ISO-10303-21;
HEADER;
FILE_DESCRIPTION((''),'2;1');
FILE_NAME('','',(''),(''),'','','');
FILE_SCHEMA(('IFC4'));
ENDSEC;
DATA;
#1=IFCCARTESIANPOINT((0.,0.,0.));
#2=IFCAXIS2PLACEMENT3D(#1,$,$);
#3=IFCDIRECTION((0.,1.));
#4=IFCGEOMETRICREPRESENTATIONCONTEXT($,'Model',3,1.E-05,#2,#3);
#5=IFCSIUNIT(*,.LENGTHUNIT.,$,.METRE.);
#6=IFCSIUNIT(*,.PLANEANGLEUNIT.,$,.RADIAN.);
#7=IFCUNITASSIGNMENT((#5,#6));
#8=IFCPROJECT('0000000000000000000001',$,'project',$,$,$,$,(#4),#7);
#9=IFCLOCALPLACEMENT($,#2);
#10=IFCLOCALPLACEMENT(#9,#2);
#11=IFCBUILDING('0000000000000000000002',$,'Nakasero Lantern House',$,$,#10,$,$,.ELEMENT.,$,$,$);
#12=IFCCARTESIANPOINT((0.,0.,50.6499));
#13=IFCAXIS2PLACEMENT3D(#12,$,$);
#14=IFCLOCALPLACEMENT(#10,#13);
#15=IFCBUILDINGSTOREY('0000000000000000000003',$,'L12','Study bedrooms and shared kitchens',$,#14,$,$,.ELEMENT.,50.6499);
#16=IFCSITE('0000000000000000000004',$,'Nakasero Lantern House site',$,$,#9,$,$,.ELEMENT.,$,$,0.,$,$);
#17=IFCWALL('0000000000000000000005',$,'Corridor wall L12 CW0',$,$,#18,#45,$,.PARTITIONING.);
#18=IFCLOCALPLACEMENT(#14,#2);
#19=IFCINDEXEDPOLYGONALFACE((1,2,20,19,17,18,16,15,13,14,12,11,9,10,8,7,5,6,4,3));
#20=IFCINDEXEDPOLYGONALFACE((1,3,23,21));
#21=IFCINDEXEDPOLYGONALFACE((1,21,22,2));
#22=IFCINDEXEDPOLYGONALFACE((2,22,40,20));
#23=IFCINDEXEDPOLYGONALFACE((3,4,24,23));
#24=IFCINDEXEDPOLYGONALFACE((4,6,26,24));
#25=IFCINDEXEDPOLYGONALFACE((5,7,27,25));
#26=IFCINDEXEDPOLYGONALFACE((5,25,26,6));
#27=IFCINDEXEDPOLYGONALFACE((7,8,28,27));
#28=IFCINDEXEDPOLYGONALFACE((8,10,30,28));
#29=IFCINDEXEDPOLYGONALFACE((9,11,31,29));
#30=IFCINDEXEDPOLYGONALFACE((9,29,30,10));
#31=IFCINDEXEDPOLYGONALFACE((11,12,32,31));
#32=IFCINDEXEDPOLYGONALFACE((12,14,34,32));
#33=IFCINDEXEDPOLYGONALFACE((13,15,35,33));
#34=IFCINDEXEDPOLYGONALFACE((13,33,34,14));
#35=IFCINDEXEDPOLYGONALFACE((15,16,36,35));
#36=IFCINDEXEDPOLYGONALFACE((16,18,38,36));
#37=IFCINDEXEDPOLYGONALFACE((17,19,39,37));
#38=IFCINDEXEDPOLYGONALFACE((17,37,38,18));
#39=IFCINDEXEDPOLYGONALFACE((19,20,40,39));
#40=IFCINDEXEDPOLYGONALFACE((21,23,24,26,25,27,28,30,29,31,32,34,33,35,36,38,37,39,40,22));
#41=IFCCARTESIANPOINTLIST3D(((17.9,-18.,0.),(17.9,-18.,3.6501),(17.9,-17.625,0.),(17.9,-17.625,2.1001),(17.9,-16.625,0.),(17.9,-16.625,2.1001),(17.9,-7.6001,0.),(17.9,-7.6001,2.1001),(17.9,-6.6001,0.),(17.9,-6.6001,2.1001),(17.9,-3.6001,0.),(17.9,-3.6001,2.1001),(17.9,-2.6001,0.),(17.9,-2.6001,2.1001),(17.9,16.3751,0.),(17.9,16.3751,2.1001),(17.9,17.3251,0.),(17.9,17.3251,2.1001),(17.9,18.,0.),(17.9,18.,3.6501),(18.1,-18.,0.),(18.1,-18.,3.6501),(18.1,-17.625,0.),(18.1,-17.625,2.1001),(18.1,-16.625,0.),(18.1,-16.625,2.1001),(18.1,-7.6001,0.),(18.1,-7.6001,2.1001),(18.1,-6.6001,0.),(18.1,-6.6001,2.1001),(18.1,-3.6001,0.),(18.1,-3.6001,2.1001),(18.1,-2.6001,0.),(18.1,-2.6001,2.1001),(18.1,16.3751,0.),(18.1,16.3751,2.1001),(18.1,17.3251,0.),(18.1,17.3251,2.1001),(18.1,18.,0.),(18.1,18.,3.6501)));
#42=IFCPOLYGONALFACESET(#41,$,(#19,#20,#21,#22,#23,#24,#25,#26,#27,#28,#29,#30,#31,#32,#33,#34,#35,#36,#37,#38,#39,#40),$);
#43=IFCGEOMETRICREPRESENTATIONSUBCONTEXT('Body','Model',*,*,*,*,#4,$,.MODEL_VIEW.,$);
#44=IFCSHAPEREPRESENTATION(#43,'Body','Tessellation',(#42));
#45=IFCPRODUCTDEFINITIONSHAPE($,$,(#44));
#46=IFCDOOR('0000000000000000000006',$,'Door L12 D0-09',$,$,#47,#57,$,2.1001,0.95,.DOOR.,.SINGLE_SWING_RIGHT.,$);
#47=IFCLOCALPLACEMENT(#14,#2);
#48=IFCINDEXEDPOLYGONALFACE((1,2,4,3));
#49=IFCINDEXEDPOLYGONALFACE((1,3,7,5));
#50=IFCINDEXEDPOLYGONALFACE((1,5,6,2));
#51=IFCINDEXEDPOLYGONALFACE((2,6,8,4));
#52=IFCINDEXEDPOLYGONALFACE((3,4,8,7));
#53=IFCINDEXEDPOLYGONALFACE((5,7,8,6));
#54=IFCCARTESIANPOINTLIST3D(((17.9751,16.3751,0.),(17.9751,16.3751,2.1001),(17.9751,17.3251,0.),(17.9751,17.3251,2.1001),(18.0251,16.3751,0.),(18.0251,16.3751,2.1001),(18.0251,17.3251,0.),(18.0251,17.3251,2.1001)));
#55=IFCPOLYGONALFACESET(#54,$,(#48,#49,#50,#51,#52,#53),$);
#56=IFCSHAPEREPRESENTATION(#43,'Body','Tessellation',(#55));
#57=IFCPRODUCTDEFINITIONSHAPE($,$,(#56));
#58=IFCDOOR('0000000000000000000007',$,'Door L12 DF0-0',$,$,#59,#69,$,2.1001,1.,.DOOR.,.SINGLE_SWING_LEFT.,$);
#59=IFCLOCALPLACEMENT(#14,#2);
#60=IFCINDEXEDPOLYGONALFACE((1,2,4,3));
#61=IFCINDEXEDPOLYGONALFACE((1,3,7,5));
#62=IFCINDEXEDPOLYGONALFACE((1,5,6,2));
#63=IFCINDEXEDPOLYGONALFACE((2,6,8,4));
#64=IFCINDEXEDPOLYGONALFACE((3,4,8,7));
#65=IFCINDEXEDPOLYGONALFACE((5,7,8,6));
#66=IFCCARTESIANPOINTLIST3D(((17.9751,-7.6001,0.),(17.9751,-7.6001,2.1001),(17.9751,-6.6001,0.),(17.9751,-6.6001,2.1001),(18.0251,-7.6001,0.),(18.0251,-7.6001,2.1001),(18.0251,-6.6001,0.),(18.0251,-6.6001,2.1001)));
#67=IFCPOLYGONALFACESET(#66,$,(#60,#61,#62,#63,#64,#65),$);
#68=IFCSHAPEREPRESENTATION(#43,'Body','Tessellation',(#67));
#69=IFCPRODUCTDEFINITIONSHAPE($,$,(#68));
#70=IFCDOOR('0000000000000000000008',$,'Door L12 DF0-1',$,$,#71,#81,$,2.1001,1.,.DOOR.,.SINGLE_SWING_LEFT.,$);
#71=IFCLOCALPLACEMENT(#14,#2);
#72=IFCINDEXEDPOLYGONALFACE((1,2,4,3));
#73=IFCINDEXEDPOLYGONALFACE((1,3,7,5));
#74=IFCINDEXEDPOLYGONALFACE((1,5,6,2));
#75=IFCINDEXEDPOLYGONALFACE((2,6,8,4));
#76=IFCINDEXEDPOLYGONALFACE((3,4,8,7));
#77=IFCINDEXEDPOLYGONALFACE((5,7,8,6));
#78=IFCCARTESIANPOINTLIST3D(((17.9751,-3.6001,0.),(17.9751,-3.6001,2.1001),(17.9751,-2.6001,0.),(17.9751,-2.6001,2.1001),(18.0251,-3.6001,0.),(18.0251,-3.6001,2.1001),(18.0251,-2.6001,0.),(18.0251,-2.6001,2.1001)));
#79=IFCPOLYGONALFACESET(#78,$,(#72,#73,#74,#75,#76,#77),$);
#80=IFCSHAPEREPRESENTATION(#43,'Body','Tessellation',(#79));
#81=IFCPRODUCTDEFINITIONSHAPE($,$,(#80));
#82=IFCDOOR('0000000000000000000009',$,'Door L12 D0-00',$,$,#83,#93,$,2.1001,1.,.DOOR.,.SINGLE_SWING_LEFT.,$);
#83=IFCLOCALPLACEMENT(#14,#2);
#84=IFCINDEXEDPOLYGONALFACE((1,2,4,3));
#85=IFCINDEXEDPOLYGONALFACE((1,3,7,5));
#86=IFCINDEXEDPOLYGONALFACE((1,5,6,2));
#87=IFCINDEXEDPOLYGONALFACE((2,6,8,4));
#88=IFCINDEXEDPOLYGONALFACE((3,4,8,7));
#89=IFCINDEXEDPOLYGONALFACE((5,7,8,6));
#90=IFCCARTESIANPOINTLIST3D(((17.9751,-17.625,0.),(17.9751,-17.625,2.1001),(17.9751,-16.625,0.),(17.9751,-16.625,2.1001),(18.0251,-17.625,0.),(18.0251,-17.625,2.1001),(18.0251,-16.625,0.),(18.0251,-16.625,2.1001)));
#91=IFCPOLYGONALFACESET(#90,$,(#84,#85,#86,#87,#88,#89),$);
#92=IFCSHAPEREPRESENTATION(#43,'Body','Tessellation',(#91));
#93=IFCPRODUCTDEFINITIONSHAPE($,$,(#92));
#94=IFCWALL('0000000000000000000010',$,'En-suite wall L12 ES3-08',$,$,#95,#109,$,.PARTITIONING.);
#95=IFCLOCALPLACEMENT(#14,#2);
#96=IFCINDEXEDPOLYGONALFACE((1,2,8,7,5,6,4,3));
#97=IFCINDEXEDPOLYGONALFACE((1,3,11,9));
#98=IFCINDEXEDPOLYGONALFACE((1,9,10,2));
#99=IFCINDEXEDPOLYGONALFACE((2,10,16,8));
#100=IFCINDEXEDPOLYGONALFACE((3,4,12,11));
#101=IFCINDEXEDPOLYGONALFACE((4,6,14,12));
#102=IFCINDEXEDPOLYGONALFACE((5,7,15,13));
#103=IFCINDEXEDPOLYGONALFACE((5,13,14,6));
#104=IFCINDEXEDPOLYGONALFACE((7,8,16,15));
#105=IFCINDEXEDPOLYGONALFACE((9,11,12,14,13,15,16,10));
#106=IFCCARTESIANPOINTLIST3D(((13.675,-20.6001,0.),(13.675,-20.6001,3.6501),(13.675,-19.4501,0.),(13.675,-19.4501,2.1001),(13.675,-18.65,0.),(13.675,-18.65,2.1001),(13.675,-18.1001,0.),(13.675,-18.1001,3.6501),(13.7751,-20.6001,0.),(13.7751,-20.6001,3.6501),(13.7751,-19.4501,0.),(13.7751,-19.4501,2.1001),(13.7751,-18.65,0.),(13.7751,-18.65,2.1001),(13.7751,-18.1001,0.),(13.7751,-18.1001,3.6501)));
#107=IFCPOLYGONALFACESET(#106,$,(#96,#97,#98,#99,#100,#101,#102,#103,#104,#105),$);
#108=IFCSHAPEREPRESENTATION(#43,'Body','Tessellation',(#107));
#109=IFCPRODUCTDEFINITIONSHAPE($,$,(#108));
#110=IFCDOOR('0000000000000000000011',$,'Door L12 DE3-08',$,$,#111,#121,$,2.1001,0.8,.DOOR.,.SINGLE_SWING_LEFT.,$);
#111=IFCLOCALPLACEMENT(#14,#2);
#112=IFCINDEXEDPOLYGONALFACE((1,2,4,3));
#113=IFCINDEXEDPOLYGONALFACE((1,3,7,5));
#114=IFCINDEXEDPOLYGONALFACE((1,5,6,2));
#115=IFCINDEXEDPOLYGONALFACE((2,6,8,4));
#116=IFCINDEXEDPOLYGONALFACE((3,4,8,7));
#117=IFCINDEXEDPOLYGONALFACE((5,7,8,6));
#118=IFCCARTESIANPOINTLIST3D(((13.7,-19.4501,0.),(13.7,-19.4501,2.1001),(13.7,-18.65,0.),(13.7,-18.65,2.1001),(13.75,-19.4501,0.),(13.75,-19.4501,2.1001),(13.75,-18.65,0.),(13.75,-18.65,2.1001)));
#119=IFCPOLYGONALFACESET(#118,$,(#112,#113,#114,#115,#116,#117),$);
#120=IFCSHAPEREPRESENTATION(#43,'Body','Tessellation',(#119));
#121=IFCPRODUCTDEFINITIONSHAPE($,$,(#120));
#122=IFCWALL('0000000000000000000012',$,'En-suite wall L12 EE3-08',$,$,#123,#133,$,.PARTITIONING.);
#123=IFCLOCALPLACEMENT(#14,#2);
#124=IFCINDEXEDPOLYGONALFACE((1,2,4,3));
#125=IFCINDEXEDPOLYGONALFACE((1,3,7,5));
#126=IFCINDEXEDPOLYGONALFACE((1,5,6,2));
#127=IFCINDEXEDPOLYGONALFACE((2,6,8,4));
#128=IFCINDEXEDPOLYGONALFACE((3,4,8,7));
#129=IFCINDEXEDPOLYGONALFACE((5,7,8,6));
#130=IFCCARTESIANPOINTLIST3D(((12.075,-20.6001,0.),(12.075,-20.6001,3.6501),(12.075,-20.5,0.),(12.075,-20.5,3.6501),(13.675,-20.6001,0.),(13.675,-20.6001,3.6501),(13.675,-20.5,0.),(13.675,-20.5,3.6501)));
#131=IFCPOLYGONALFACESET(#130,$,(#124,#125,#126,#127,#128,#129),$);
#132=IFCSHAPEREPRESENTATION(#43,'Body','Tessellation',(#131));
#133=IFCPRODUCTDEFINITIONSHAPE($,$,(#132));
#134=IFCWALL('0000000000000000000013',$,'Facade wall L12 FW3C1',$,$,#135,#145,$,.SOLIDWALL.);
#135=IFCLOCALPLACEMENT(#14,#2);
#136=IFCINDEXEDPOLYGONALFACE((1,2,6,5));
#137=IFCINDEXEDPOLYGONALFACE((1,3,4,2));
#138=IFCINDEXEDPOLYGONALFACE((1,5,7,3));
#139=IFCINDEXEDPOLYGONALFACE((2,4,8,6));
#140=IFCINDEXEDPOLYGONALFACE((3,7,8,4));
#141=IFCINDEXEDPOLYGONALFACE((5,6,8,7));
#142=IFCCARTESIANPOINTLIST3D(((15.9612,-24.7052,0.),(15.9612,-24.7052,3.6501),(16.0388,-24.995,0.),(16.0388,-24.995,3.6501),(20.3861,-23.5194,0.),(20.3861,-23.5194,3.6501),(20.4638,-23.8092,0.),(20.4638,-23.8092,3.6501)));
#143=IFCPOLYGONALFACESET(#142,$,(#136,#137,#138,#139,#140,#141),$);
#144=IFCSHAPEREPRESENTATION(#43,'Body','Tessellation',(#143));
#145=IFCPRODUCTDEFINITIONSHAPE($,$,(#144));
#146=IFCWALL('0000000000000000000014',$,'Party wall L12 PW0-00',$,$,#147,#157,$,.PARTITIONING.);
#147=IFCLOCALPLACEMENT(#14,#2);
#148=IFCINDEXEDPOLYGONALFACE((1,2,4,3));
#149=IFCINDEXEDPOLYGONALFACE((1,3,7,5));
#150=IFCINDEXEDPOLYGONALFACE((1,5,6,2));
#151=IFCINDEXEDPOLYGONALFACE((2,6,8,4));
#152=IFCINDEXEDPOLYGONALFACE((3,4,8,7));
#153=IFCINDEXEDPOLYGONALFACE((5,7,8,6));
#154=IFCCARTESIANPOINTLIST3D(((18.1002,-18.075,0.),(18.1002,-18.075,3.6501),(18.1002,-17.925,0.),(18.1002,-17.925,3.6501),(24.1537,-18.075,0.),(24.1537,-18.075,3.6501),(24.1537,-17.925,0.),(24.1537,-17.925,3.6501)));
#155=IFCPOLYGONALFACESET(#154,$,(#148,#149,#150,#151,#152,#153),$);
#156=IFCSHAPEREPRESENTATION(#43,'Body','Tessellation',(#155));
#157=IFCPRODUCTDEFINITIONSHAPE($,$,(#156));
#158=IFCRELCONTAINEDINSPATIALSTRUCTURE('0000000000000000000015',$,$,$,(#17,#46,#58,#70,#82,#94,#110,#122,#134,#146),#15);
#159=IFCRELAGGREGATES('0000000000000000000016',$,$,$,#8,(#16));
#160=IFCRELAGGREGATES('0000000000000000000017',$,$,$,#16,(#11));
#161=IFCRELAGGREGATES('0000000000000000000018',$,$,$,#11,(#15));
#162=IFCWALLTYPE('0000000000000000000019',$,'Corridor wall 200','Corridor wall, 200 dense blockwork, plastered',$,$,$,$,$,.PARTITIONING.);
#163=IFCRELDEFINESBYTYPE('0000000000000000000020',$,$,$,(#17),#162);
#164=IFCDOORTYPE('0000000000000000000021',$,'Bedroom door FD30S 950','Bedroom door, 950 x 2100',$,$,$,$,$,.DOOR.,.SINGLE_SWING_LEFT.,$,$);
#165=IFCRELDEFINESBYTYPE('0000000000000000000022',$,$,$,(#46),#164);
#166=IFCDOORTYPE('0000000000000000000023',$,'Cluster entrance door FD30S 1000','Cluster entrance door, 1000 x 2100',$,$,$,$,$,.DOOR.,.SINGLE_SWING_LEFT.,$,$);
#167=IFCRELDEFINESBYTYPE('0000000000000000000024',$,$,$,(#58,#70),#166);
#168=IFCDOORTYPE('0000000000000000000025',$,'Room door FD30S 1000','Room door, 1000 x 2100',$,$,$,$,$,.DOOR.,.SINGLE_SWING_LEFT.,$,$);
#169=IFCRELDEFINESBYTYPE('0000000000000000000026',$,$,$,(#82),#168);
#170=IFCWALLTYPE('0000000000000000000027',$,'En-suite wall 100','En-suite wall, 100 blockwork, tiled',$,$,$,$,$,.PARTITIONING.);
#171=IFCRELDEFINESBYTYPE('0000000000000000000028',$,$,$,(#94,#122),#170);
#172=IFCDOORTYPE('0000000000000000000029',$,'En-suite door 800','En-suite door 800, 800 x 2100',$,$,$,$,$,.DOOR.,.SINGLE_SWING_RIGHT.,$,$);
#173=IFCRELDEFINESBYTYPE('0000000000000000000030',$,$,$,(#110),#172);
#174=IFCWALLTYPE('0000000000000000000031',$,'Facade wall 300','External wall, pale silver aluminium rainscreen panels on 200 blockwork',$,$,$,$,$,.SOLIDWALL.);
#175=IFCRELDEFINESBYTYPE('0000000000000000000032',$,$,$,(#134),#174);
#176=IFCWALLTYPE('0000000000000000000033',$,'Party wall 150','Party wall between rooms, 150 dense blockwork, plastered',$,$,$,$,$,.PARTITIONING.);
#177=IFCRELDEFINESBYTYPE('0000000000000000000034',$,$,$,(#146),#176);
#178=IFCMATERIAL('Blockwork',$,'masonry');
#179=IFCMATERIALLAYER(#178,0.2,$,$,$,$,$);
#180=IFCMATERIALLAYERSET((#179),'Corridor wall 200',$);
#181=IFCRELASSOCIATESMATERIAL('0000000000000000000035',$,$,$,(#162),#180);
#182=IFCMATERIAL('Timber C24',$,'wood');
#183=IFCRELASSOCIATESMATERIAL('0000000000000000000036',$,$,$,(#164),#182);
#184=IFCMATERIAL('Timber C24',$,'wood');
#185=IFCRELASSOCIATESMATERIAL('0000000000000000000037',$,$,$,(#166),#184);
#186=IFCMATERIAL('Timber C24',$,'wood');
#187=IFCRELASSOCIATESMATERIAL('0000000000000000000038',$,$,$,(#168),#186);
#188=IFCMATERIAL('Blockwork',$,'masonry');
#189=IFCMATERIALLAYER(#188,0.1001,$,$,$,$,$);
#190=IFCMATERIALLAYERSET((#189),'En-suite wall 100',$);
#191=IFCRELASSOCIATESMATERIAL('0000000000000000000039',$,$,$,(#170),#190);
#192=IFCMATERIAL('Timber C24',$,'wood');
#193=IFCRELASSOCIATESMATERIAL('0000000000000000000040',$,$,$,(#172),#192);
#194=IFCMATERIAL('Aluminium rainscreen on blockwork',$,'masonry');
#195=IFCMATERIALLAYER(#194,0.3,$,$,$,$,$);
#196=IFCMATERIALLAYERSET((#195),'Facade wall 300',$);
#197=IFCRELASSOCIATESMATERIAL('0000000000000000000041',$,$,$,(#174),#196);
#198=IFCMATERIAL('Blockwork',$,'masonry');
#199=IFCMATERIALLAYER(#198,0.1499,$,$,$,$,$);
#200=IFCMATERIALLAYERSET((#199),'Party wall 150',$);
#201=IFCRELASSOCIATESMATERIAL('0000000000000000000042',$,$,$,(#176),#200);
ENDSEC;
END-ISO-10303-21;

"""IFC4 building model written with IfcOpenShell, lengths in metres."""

from ifc_helpers import new_model, si_unit, direction, frame, frame_2d, origin, place, context, subcontext, project, spatial, rectangle, extrude, material, layer, layer_set, type_object, element, fill, save


model = new_model("IFC4")

# Units and contexts
model_context = context("Model", 3, precision=1e-05, world=origin(), true_north=direction((0.0, 1.0)))
body_context = subcontext(model_context, "Body", "Model", "MODEL_VIEW")
ifc_project = project(units=[si_unit("LENGTHUNIT", "METRE"), si_unit("PLANEANGLEUNIT", "RADIAN")], contexts=[model_context])

# Site, building, storey
site_placement = place(None, origin())
site = spatial("IfcSite", under=ifc_project, at=site_placement, Name="Nakasero Lantern House site", CompositionType="ELEMENT", RefElevation=0.0)
building_placement = place(site_placement, origin())
building = spatial("IfcBuilding", under=site, at=building_placement, Name="Nakasero Lantern House", CompositionType="ELEMENT")
storey_placement = place(building_placement, frame((0.0, 0.0, 50.6499)))
storey = spatial("IfcBuildingStorey", under=building, at=storey_placement, Name="L12", Description="Study bedrooms and shared kitchens", CompositionType="ELEMENT", Elevation=50.6499)

# Wall, openings, doors
ifc_material_1 = material(Name="Blockwork", Category="masonry")
ifc_layer_1 = layer(ifc_material_1, 0.2)
ifc_layer_set_1 = layer_set([ifc_layer_1], Name="Corridor wall 200")
wall_type_1 = type_object("IfcWallType", Name="Corridor wall 200", Description="Corridor wall, 200 dense blockwork, plastered", PredefinedType="PARTITIONING", material=ifc_layer_set_1)
wall_1_placement = place(storey_placement, frame((18.0, -18.0, 0.0), z_axis=(0.0, 0.0, 1.0), x_axis=(0.0, 1.0, 0.0)))
wall_1 = element("IfcWall", 1, at=wall_1_placement, inside=storey, type_object=wall_type_1, Name="Corridor wall L12 CW0", PredefinedType="PARTITIONING", context=body_context, shape_type="SweptSolid", body=[
    extrude(rectangle(XDim=36.0, YDim=0.2, at=frame_2d((18.0, 0.0))), origin(), (0.0, 0.0, 1.0), 3.6501),
])
opening_1_placement = place(wall_1_placement, frame((10.3999, 0.0, 0.0)))
opening_1 = element("IfcOpeningElement", 2, at=opening_1_placement, cuts=wall_1, PredefinedType="OPENING", context=body_context, shape_type="SweptSolid", body=[
    extrude(rectangle(XDim=1.0, YDim=2.1001, at=frame_2d((0.5, 1.05))), frame((0.0, 0.1199, 0.0), z_axis=(0.0, -1.0, 0.0), x_axis=(1.0, 0.0, 0.0)), (0.0, 0.0, 1.0), 0.24),
])
opening_2_placement = place(wall_1_placement, frame((14.3999, 0.0, 0.0)))
opening_2 = element("IfcOpeningElement", 3, at=opening_2_placement, cuts=wall_1, PredefinedType="OPENING", context=body_context, shape_type="SweptSolid", body=[
    extrude(rectangle(XDim=1.0, YDim=2.1001, at=frame_2d((0.5, 1.05))), frame((0.0, 0.1199, 0.0), z_axis=(0.0, -1.0, 0.0), x_axis=(1.0, 0.0, 0.0)), (0.0, 0.0, 1.0), 0.24),
])
opening_3_placement = place(wall_1_placement, frame((0.375, 0.0, 0.0)))
opening_3 = element("IfcOpeningElement", 4, at=opening_3_placement, cuts=wall_1, PredefinedType="OPENING", context=body_context, shape_type="SweptSolid", body=[
    extrude(rectangle(XDim=1.0, YDim=2.1001, at=frame_2d((0.5, 1.05))), frame((0.0, 0.1199, 0.0), z_axis=(0.0, -1.0, 0.0), x_axis=(1.0, 0.0, 0.0)), (0.0, 0.0, 1.0), 0.24),
])
opening_4_placement = place(wall_1_placement, frame((34.375, 0.0, 0.0)))
opening_4 = element("IfcOpeningElement", 5, at=opening_4_placement, cuts=wall_1, PredefinedType="OPENING", context=body_context, shape_type="SweptSolid", body=[
    extrude(rectangle(XDim=0.95, YDim=2.1001, at=frame_2d((0.4751, 1.05))), frame((0.0, 0.1199, 0.0), z_axis=(0.0, -1.0, 0.0), x_axis=(1.0, 0.0, 0.0)), (0.0, 0.0, 1.0), 0.24),
])
ifc_material_2 = material(Name="Timber C24", Category="wood")
door_type_1 = type_object("IfcDoorType", Name="Bedroom door FD30S 950", Description="Bedroom door, 950 x 2100", OperationType="SINGLE_SWING_LEFT", PredefinedType="DOOR", material=ifc_material_2)
door_1_placement = place(opening_4_placement, origin())
door_1 = element("IfcDoor", 6, at=door_1_placement, inside=storey, type_object=door_type_1, Name="Door L12 D0-09", OperationType="SINGLE_SWING_RIGHT", OverallHeight=2.1001, OverallWidth=0.95, PredefinedType="DOOR", context=body_context, shape_type="SweptSolid", body=[
    extrude(rectangle(XDim=0.95, YDim=2.1001, at=frame_2d((0.4751, 1.05))), frame((0.0, 0.0249, 0.0), z_axis=(0.0, -1.0, 0.0), x_axis=(1.0, 0.0, 0.0)), (0.0, 0.0, 1.0), 0.05),
])
fill(opening_4, door_1)
ifc_material_3 = material(Name="Timber C24", Category="wood")
door_type_2 = type_object("IfcDoorType", Name="Cluster entrance door FD30S 1000", Description="Cluster entrance door, 1000 x 2100", OperationType="SINGLE_SWING_LEFT", PredefinedType="DOOR", material=ifc_material_3)
door_2_placement = place(opening_1_placement, origin())
door_2 = element("IfcDoor", 7, at=door_2_placement, inside=storey, type_object=door_type_2, Name="Door L12 DF0-0", OperationType="SINGLE_SWING_LEFT", OverallHeight=2.1001, OverallWidth=1.0, PredefinedType="DOOR", context=body_context, shape_type="SweptSolid", body=[
    extrude(rectangle(XDim=1.0, YDim=2.1001, at=frame_2d((0.5, 1.05))), frame((0.0, 0.0249, 0.0), z_axis=(0.0, -1.0, 0.0), x_axis=(1.0, 0.0, 0.0)), (0.0, 0.0, 1.0), 0.05),
])
fill(opening_1, door_2)
door_3_placement = place(opening_2_placement, origin())
door_3 = element("IfcDoor", 8, at=door_3_placement, inside=storey, type_object=door_type_2, Name="Door L12 DF0-1", OperationType="SINGLE_SWING_LEFT", OverallHeight=2.1001, OverallWidth=1.0, PredefinedType="DOOR", context=body_context, shape_type="SweptSolid", body=[
    extrude(rectangle(XDim=1.0, YDim=2.1001, at=frame_2d((0.5, 1.05))), frame((0.0, 0.0249, 0.0), z_axis=(0.0, -1.0, 0.0), x_axis=(1.0, 0.0, 0.0)), (0.0, 0.0, 1.0), 0.05),
])
fill(opening_2, door_3)
ifc_material_4 = material(Name="Timber C24", Category="wood")
door_type_3 = type_object("IfcDoorType", Name="Room door FD30S 1000", Description="Room door, 1000 x 2100", OperationType="SINGLE_SWING_LEFT", PredefinedType="DOOR", material=ifc_material_4)
door_4_placement = place(opening_3_placement, origin())
door_4 = element("IfcDoor", 9, at=door_4_placement, inside=storey, type_object=door_type_3, Name="Door L12 D0-00", OperationType="SINGLE_SWING_LEFT", OverallHeight=2.1001, OverallWidth=1.0, PredefinedType="DOOR", context=body_context, shape_type="SweptSolid", body=[
    extrude(rectangle(XDim=1.0, YDim=2.1001, at=frame_2d((0.5, 1.05))), frame((0.0, 0.0249, 0.0), z_axis=(0.0, -1.0, 0.0), x_axis=(1.0, 0.0, 0.0)), (0.0, 0.0, 1.0), 0.05),
])
fill(opening_3, door_4)

# Wall, opening, door
ifc_material_5 = material(Name="Blockwork", Category="masonry")
ifc_layer_2 = layer(ifc_material_5, 0.1001)
ifc_layer_set_2 = layer_set([ifc_layer_2], Name="En-suite wall 100")
wall_type_2 = type_object("IfcWallType", Name="En-suite wall 100", Description="En-suite wall, 100 blockwork, tiled", PredefinedType="PARTITIONING", material=ifc_layer_set_2)
wall_2_placement = place(storey_placement, frame((13.7251, -18.1001, 0.0), z_axis=(0.0, 0.0, 1.0), x_axis=(0.0, -1.0, 0.0)))
wall_2 = element("IfcWall", 10, at=wall_2_placement, inside=storey, type_object=wall_type_2, Name="En-suite wall L12 ES3-08", PredefinedType="PARTITIONING", context=body_context, shape_type="SweptSolid", body=[
    extrude(rectangle(XDim=2.5, YDim=0.1001, at=frame_2d((1.25, 0.0))), origin(), (0.0, 0.0, 1.0), 3.6501),
])
opening_5_placement = place(wall_2_placement, frame((0.55, 0.0, 0.0)))
opening_5 = element("IfcOpeningElement", 11, at=opening_5_placement, cuts=wall_2, PredefinedType="OPENING", context=body_context, shape_type="SweptSolid", body=[
    extrude(rectangle(XDim=0.8, YDim=2.1001, at=frame_2d((0.3999, 1.05))), frame((0.0, 0.0701, 0.0), z_axis=(0.0, -1.0, 0.0), x_axis=(1.0, 0.0, 0.0)), (0.0, 0.0, 1.0), 0.1401),
])
ifc_material_6 = material(Name="Timber C24", Category="wood")
door_type_4 = type_object("IfcDoorType", Name="En-suite door 800", Description="En-suite door 800, 800 x 2100", OperationType="SINGLE_SWING_RIGHT", PredefinedType="DOOR", material=ifc_material_6)
door_5_placement = place(opening_5_placement, origin())
door_5 = element("IfcDoor", 12, at=door_5_placement, inside=storey, type_object=door_type_4, Name="Door L12 DE3-08", OperationType="SINGLE_SWING_LEFT", OverallHeight=2.1001, OverallWidth=0.8, PredefinedType="DOOR", context=body_context, shape_type="SweptSolid", body=[
    extrude(rectangle(XDim=0.8, YDim=2.1001, at=frame_2d((0.3999, 1.05))), frame((0.0, 0.0249, 0.0), z_axis=(0.0, -1.0, 0.0), x_axis=(1.0, 0.0, 0.0)), (0.0, 0.0, 1.0), 0.05),
])
fill(opening_5, door_5)

# Walls
wall_3_placement = place(storey_placement, frame((12.075, -20.55, 0.0), z_axis=(0.0, 0.0, 1.0), x_axis=(1.0, 0.0, 0.0)))
element("IfcWall", 13, at=wall_3_placement, inside=storey, type_object=wall_type_2, Name="En-suite wall L12 EE3-08", PredefinedType="PARTITIONING", context=body_context, shape_type="SweptSolid", body=[
    extrude(rectangle(XDim=1.6001, YDim=0.1001, at=frame_2d((0.8, 0.0))), origin(), (0.0, 0.0, 1.0), 3.6501),
])
ifc_material_7 = material(Name="Aluminium rainscreen on blockwork", Category="masonry")
ifc_layer_3 = layer(ifc_material_7, 0.3)
ifc_layer_set_3 = layer_set([ifc_layer_3], Name="Facade wall 300")
wall_type_3 = type_object("IfcWallType", Name="Facade wall 300", Description="External wall, pale silver aluminium rainscreen panels on 200 blockwork", PredefinedType="SOLIDWALL", material=ifc_layer_set_3)
wall_4_placement = place(storey_placement, frame((16.0, -24.8501, 0.0), z_axis=(0.0, 0.0, 1.0), x_axis=(0.96592, 0.25884, 0.0)))
element("IfcWall", 14, at=wall_4_placement, inside=storey, type_object=wall_type_3, Name="Facade wall L12 FW3C1", PredefinedType="SOLIDWALL", context=body_context, shape_type="SweptSolid", body=[
    extrude(rectangle(XDim=4.5811, YDim=0.3, at=frame_2d((2.2905, 0.0))), origin(), (0.0, 0.0, 1.0), 3.6501),
])
ifc_material_8 = material(Name="Blockwork", Category="masonry")
ifc_layer_4 = layer(ifc_material_8, 0.1499)
ifc_layer_set_4 = layer_set([ifc_layer_4], Name="Party wall 150")
wall_type_4 = type_object("IfcWallType", Name="Party wall 150", Description="Party wall between rooms, 150 dense blockwork, plastered", PredefinedType="PARTITIONING", material=ifc_layer_set_4)
wall_5_placement = place(storey_placement, frame((18.1001, -18.0, 0.0), z_axis=(0.0, 0.0, 1.0), x_axis=(1.0, 0.0, 0.0)))
element("IfcWall", 15, at=wall_5_placement, inside=storey, type_object=wall_type_4, Name="Party wall L12 PW0-00", PredefinedType="PARTITIONING", context=body_context, shape_type="SweptSolid", body=[
    extrude(rectangle(XDim=6.0535, YDim=0.1499, at=frame_2d((3.0269, 0.0))), origin(), (0.0, 0.0, 1.0), 3.6501),
])

save(model, "model.ifc")
